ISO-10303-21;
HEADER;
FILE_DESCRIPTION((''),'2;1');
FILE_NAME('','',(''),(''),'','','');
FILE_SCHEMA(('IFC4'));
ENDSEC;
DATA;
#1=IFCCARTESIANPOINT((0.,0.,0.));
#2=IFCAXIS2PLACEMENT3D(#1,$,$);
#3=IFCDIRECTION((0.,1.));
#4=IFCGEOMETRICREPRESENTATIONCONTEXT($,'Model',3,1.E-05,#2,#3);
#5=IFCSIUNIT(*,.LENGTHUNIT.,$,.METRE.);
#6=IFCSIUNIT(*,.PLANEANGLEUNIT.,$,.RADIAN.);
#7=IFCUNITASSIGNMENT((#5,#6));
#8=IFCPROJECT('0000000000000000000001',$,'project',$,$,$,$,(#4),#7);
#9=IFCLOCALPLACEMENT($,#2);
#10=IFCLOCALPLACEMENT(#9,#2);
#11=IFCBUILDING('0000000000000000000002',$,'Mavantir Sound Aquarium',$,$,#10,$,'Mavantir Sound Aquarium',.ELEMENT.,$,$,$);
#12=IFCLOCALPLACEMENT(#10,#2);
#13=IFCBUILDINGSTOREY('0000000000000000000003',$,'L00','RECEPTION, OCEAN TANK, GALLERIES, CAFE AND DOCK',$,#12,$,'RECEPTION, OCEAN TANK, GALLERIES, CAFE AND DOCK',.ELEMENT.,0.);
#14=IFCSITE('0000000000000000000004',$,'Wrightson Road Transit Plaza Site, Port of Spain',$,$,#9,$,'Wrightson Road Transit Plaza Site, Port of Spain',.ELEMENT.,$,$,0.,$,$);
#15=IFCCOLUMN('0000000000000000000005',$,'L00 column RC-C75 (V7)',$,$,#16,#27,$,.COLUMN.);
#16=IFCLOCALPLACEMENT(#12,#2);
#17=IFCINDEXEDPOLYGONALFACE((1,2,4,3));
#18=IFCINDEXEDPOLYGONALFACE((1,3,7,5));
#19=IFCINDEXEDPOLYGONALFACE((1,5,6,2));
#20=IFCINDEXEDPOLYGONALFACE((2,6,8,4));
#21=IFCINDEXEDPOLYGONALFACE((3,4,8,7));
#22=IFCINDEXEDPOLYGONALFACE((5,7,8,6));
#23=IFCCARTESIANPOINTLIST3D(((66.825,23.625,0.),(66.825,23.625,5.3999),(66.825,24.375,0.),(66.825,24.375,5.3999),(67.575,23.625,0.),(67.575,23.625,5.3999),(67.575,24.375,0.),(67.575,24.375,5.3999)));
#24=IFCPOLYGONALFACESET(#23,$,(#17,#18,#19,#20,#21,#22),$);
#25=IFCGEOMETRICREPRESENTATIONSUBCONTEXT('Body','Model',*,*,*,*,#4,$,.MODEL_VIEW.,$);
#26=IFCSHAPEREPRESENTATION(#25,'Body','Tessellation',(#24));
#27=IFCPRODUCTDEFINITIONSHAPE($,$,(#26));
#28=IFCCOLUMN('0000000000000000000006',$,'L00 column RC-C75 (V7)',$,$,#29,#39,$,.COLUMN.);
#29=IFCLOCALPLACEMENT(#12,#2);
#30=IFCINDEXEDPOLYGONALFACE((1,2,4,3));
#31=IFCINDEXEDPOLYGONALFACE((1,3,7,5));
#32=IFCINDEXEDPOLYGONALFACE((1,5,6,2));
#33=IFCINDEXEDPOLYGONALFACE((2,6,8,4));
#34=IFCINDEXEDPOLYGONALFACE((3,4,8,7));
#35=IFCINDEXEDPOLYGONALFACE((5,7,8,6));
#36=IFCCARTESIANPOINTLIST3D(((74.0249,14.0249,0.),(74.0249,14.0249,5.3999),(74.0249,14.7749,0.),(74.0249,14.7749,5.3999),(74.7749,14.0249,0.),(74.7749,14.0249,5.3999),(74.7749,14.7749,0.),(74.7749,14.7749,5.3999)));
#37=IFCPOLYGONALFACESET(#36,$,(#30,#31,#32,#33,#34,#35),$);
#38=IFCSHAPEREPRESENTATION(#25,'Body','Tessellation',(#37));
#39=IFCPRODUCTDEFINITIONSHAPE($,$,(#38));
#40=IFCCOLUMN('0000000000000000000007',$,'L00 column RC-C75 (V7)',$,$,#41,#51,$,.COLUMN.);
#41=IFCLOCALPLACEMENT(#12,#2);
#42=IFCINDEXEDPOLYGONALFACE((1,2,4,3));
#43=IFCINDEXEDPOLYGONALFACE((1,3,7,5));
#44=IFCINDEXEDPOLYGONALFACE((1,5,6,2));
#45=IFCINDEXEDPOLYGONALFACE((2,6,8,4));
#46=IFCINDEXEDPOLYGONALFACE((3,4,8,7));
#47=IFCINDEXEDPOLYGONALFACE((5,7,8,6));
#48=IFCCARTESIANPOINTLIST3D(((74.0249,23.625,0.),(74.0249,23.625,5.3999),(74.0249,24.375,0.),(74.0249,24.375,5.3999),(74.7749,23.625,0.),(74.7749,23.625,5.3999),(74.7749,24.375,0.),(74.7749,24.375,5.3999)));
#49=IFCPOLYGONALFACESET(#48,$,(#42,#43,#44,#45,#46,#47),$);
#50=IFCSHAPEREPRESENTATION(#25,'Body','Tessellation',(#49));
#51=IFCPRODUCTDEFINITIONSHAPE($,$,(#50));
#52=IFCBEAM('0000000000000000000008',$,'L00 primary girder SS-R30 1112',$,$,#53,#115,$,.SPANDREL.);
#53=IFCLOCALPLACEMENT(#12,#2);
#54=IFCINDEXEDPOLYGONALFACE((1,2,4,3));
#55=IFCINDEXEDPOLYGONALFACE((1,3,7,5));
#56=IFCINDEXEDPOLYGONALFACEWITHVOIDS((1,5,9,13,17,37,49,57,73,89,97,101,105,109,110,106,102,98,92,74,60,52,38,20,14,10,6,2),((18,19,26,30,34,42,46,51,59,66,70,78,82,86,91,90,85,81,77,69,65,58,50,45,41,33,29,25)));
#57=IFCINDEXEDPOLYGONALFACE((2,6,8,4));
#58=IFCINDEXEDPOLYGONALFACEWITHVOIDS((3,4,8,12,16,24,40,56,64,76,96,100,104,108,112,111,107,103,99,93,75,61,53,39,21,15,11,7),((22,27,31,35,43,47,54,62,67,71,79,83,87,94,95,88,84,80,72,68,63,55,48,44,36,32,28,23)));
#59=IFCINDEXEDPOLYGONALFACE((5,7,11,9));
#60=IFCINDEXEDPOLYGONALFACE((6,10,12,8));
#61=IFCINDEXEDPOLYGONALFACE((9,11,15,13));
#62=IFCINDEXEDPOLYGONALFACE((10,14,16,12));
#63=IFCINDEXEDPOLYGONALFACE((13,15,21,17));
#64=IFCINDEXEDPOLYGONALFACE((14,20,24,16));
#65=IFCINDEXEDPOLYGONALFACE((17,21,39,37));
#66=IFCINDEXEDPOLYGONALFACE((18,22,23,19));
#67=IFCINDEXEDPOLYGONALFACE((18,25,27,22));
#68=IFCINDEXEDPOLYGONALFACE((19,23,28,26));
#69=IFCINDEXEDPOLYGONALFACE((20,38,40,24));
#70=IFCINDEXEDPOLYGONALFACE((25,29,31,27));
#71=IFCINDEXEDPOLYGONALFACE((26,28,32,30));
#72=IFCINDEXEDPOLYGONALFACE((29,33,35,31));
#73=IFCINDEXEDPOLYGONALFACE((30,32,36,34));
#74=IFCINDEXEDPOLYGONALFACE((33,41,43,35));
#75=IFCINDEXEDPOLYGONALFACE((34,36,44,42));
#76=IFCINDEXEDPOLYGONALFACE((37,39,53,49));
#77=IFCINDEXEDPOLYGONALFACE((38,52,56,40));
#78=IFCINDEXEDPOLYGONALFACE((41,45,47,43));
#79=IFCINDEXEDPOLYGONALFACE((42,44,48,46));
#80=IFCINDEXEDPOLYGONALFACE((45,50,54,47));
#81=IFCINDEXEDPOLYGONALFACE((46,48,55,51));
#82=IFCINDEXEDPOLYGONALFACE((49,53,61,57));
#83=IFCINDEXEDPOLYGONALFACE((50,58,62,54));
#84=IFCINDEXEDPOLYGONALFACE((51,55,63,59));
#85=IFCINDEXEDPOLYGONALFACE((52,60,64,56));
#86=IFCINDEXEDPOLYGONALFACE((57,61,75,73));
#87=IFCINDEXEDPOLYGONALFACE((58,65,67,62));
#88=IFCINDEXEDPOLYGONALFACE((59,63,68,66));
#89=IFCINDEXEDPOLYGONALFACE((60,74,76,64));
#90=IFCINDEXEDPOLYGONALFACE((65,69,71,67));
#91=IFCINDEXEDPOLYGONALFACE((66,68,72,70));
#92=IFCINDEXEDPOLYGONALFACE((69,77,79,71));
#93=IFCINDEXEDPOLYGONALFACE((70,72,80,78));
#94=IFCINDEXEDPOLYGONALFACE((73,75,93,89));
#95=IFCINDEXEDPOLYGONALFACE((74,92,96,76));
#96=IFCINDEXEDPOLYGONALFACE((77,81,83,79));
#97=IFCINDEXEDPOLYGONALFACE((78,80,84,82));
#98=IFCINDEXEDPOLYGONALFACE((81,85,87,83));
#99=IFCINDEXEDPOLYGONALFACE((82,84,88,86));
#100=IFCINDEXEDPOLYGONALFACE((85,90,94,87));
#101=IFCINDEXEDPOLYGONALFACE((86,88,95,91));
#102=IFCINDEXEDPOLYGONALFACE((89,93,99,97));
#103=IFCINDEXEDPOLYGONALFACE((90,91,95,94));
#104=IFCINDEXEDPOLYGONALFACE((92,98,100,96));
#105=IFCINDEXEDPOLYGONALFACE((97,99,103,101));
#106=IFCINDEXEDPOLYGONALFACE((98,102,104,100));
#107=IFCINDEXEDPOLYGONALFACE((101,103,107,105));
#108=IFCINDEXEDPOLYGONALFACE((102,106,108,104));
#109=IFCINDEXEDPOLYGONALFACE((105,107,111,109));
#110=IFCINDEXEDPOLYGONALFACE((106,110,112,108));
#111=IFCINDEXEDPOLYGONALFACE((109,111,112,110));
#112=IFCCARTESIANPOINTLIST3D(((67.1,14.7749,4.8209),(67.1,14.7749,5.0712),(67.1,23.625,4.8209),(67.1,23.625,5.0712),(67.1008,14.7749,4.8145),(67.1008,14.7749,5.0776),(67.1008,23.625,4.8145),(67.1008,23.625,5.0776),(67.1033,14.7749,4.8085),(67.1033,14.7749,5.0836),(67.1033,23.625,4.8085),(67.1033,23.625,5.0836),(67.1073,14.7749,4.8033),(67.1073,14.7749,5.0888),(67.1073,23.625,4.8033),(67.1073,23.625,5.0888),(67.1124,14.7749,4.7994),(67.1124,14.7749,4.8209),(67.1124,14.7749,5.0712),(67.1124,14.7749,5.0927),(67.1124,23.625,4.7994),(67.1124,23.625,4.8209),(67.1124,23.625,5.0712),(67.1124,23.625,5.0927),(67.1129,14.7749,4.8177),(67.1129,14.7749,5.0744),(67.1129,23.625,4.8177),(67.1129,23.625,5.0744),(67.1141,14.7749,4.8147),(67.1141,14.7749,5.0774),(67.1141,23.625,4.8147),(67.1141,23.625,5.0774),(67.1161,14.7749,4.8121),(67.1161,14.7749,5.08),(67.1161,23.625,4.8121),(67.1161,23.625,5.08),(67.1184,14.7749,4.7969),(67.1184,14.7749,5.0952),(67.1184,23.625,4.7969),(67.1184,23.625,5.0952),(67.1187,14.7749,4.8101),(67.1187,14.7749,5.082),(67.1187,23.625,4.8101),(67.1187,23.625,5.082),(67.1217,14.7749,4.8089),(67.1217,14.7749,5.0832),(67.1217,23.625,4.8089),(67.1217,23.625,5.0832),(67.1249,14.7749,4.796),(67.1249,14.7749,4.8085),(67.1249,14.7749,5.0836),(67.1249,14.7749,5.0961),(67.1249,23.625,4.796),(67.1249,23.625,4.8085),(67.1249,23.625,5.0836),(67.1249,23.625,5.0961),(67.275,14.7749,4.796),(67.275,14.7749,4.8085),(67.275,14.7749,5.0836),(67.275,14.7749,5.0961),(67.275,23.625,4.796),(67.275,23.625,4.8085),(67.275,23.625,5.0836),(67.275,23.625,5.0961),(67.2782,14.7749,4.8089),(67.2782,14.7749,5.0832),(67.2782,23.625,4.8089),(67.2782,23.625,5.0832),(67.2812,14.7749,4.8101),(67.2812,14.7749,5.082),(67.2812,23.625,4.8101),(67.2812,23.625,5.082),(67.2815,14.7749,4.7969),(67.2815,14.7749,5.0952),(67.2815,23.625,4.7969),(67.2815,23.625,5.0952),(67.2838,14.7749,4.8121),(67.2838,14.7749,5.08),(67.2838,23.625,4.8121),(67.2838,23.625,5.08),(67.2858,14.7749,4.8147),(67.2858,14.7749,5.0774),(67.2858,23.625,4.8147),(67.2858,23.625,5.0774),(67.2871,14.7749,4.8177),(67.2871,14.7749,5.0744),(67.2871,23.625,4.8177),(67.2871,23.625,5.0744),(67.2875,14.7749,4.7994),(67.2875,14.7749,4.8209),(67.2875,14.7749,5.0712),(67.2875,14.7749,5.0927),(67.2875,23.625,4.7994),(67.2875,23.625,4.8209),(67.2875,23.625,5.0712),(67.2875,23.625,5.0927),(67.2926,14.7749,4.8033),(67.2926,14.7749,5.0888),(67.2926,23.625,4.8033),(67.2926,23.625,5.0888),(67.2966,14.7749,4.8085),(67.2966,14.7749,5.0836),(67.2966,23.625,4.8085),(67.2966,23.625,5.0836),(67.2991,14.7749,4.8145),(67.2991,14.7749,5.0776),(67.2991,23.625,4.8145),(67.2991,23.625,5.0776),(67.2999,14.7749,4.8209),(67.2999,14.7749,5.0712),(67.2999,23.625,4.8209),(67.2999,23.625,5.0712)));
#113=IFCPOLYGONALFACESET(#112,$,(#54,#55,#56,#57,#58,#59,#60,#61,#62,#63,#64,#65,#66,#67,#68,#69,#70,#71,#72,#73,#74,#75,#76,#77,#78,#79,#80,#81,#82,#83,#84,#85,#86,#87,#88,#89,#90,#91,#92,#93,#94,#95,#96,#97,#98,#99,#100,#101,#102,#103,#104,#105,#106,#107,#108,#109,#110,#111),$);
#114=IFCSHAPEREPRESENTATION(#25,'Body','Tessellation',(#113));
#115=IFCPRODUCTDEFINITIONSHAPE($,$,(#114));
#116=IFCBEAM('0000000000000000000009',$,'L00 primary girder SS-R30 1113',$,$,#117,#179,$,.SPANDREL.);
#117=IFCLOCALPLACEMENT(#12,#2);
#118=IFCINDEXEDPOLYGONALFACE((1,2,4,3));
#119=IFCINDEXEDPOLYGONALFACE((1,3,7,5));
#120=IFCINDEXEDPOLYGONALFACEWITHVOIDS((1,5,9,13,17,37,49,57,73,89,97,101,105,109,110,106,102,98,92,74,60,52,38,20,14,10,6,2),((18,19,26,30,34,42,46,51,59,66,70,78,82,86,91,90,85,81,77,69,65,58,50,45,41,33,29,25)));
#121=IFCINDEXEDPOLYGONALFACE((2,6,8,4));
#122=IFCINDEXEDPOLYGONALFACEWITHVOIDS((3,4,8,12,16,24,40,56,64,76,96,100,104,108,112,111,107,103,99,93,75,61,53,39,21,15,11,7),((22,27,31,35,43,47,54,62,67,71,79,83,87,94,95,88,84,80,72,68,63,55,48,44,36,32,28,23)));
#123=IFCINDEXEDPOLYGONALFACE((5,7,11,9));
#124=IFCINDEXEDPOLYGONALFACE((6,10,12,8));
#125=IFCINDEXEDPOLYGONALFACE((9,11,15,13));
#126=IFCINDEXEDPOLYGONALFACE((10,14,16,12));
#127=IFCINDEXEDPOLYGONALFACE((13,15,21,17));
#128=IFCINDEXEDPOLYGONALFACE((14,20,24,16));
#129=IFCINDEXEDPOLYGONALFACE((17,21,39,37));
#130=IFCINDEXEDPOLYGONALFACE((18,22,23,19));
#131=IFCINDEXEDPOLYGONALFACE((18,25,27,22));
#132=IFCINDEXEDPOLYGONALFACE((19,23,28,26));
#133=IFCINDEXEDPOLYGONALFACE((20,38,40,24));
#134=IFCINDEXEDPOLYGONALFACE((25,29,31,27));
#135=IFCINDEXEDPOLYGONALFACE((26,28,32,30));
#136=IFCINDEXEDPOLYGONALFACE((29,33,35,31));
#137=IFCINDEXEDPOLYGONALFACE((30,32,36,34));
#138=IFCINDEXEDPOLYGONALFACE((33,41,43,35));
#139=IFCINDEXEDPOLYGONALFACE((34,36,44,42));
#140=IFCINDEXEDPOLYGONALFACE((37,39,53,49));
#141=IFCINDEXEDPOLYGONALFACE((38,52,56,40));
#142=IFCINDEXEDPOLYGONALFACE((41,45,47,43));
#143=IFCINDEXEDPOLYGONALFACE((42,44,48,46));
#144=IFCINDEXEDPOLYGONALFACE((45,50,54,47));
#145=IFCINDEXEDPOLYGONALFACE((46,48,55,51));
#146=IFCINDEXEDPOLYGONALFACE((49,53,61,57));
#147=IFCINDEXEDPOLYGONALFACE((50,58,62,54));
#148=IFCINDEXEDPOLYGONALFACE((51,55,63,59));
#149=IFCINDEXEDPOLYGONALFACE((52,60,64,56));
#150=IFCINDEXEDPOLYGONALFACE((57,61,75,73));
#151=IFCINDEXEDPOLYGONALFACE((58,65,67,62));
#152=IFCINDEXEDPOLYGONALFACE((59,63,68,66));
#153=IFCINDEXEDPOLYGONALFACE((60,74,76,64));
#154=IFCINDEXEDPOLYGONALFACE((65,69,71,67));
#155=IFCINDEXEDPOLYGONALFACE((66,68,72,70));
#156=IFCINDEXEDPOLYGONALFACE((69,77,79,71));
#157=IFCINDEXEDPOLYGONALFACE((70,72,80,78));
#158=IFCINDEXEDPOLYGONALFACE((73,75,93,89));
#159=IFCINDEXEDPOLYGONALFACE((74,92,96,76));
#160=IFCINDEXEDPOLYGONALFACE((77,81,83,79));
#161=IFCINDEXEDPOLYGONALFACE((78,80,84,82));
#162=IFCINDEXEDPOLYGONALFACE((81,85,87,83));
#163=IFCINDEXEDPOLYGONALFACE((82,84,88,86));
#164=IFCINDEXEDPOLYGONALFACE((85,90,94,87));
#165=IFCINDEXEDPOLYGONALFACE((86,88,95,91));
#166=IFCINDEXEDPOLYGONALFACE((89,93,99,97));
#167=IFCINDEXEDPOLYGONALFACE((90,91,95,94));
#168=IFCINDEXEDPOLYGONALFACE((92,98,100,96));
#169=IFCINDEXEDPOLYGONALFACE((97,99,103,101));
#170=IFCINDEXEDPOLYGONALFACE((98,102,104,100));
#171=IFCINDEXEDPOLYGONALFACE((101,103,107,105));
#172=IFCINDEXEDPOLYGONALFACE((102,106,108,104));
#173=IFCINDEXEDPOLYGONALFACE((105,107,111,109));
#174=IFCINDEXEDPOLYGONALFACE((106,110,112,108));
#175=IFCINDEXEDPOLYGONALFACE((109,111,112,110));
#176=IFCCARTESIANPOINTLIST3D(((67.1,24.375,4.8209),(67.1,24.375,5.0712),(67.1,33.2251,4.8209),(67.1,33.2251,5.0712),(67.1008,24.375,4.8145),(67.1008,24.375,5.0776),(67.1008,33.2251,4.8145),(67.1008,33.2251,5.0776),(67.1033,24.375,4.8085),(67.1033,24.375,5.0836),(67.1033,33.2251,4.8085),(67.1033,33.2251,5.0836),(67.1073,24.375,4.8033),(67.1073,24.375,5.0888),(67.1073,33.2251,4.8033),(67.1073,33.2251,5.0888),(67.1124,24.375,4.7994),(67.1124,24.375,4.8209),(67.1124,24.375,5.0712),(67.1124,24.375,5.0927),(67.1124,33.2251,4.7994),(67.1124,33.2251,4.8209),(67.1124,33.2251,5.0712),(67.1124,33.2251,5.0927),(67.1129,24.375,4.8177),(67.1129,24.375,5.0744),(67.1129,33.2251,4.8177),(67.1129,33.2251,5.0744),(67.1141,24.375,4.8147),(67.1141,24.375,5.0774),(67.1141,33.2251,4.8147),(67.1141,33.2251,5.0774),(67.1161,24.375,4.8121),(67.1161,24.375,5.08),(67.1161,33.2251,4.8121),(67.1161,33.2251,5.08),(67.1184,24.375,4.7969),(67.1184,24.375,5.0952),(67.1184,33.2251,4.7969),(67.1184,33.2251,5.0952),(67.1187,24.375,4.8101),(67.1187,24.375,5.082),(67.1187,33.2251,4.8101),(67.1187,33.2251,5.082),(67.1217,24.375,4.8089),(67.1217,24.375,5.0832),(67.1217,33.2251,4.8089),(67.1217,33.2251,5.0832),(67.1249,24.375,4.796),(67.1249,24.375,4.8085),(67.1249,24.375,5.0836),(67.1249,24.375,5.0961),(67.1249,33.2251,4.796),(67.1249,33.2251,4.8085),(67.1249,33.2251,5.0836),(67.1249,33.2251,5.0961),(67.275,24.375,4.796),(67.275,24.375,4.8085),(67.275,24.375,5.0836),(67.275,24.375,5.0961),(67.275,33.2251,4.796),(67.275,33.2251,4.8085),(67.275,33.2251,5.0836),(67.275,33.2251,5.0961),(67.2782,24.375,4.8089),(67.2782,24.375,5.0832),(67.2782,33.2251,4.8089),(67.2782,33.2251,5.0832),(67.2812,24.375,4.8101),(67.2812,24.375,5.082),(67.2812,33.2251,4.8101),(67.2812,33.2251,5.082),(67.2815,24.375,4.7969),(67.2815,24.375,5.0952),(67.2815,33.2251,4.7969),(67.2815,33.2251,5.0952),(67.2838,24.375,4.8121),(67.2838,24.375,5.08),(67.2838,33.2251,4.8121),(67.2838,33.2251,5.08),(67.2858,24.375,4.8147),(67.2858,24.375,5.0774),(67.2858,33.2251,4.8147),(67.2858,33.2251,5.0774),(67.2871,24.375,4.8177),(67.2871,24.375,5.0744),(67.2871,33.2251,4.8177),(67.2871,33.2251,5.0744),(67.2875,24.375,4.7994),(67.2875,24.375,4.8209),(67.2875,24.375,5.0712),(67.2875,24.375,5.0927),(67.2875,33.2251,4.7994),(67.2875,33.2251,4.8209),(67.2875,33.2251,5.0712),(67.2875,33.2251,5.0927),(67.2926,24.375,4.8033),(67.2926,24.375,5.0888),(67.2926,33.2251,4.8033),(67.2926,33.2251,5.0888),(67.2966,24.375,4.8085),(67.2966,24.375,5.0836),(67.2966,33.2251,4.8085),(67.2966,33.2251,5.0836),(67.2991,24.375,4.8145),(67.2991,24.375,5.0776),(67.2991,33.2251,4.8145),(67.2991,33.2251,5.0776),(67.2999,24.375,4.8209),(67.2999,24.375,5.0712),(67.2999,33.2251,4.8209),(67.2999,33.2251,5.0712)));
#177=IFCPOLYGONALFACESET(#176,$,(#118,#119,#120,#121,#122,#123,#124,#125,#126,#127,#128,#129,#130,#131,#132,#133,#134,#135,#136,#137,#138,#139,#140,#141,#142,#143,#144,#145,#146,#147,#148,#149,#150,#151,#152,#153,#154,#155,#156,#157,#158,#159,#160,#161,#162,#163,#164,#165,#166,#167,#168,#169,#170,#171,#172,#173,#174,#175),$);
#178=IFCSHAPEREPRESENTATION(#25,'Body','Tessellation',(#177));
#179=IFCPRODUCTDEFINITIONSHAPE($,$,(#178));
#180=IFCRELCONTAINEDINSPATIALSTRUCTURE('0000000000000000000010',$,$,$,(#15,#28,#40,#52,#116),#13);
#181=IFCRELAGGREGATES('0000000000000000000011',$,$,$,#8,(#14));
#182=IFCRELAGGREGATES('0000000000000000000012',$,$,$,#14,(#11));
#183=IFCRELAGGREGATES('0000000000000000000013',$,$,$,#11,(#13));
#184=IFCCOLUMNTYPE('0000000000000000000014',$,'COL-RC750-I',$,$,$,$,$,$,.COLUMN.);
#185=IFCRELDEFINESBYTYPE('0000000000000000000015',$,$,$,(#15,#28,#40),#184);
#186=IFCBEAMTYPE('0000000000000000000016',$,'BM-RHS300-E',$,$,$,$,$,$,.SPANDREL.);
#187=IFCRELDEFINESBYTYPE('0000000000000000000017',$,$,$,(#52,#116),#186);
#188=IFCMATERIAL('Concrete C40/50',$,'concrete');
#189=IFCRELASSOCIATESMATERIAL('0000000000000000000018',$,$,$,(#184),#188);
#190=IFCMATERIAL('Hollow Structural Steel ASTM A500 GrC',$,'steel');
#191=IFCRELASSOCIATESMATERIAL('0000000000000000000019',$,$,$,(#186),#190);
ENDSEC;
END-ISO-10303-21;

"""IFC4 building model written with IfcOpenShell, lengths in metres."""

from ifc_helpers import new_model, si_unit, direction, frame, origin, origin_2d, place, context, subcontext, project, spatial, rectangle, hollow_rectangle, extrude, material, material_profile, profile_set, type_object, element, save


model = new_model("IFC4")

# Units and contexts
model_context = context("Model", 3, precision=1e-05, world=origin(), true_north=direction((0.0, 1.0)))
body_context = subcontext(model_context, "Body", "Model", "MODEL_VIEW")
ifc_project = project(units=[si_unit("LENGTHUNIT", "METRE"), si_unit("PLANEANGLEUNIT", "RADIAN")], contexts=[model_context])

# Site, building, storey
site_placement = place(None, origin())
site = spatial("IfcSite", under=ifc_project, at=site_placement, Name="Wrightson Road Transit Plaza Site, Port of Spain", LongName="Wrightson Road Transit Plaza Site, Port of Spain", CompositionType="ELEMENT", RefElevation=0.0)
building_placement = place(site_placement, origin())
building = spatial("IfcBuilding", under=site, at=building_placement, Name="Mavantir Sound Aquarium", LongName="Mavantir Sound Aquarium", CompositionType="ELEMENT")
storey_placement = place(building_placement, origin())
storey = spatial("IfcBuildingStorey", under=building, at=storey_placement, Name="L00", Description="RECEPTION, OCEAN TANK, GALLERIES, CAFE AND DOCK", LongName="RECEPTION, OCEAN TANK, GALLERIES, CAFE AND DOCK", CompositionType="ELEMENT", Elevation=0.0)

# Columns
ifc_material_1 = material(Name="Concrete C40/50", Category="concrete")
ifc_material_profile_1 = material_profile(ifc_material_1, rectangle(XDim=0.75, YDim=0.75, at=origin_2d()), Name="RC 750X750")
ifc_profile_set_1 = profile_set([ifc_material_profile_1], Name="Concrete C40/50")
column_type = type_object("IfcColumnType", Name="COL-RC750-I", PredefinedType="COLUMN", material=ifc_profile_set_1)
for number, where, z_axis, x_axis, name in (
    (1, (67.2, 24.0, 0.0), (0.0, 0.0, 1.0), (1.0, 0.0, 0.0), "L00 column RC-C75 (V7)"),
    (2, (74.3999, 14.3999, 0.0), (0.0, 0.0, 1.0), (1.0, 0.0, 0.0), "L00 column RC-C75 (V7)"),
    (3, (74.3999, 24.0, 0.0), (0.0, 0.0, 1.0), (1.0, 0.0, 0.0), "L00 column RC-C75 (V7)"),
):
    element("IfcColumn", number, at=place(storey_placement, frame(where, z_axis=z_axis, x_axis=x_axis)), inside=storey, type_object=column_type, Name=name, PredefinedType="COLUMN", context=body_context, shape_type="SweptSolid", body=[
        extrude(rectangle(XDim=0.75, YDim=0.75, at=origin_2d()), origin(), (0.0, 0.0, 1.0), 5.3999),
    ])

# Beams
ifc_material_2 = material(Name="Hollow Structural Steel ASTM A500 GrC", Category="steel")
ifc_material_profile_2 = material_profile(ifc_material_2, hollow_rectangle(XDim=0.2, YDim=0.3, WallThickness=0.0125, InnerFilletRadius=0.0125, OuterFilletRadius=0.0249, at=origin_2d()), Name="RHS 300X200X12.5")
ifc_profile_set_2 = profile_set([ifc_material_profile_2], Name="Hollow Structural Steel ASTM A500 GrC")
beam_type_1 = type_object("IfcBeamType", Name="BM-RHS300-E", PredefinedType="SPANDREL", material=ifc_profile_set_2)
for number, where, z_axis, x_axis, name in (
    (4, (67.2, 14.7749, 4.946), (0.0, 1.0, 0.0), (-1.0, 0.0, 0.0), "L00 primary girder SS-R30 1112"),
    (5, (67.2, 24.375, 4.946), (0.0, 1.0, 0.0), (-1.0, 0.0, 0.0), "L00 primary girder SS-R30 1113"),
):
    element("IfcBeam", number, at=place(storey_placement, frame(where, z_axis=z_axis, x_axis=x_axis)), inside=storey, type_object=beam_type_1, Name=name, PredefinedType="SPANDREL", context=body_context, shape_type="SweptSolid", body=[
        extrude(hollow_rectangle(XDim=0.2, YDim=0.3, WallThickness=0.0125, InnerFilletRadius=0.0125, OuterFilletRadius=0.0249, at=origin_2d()), origin(), (0.0, 0.0, 1.0), 8.8501),
    ])

save(model, "model.ifc")
